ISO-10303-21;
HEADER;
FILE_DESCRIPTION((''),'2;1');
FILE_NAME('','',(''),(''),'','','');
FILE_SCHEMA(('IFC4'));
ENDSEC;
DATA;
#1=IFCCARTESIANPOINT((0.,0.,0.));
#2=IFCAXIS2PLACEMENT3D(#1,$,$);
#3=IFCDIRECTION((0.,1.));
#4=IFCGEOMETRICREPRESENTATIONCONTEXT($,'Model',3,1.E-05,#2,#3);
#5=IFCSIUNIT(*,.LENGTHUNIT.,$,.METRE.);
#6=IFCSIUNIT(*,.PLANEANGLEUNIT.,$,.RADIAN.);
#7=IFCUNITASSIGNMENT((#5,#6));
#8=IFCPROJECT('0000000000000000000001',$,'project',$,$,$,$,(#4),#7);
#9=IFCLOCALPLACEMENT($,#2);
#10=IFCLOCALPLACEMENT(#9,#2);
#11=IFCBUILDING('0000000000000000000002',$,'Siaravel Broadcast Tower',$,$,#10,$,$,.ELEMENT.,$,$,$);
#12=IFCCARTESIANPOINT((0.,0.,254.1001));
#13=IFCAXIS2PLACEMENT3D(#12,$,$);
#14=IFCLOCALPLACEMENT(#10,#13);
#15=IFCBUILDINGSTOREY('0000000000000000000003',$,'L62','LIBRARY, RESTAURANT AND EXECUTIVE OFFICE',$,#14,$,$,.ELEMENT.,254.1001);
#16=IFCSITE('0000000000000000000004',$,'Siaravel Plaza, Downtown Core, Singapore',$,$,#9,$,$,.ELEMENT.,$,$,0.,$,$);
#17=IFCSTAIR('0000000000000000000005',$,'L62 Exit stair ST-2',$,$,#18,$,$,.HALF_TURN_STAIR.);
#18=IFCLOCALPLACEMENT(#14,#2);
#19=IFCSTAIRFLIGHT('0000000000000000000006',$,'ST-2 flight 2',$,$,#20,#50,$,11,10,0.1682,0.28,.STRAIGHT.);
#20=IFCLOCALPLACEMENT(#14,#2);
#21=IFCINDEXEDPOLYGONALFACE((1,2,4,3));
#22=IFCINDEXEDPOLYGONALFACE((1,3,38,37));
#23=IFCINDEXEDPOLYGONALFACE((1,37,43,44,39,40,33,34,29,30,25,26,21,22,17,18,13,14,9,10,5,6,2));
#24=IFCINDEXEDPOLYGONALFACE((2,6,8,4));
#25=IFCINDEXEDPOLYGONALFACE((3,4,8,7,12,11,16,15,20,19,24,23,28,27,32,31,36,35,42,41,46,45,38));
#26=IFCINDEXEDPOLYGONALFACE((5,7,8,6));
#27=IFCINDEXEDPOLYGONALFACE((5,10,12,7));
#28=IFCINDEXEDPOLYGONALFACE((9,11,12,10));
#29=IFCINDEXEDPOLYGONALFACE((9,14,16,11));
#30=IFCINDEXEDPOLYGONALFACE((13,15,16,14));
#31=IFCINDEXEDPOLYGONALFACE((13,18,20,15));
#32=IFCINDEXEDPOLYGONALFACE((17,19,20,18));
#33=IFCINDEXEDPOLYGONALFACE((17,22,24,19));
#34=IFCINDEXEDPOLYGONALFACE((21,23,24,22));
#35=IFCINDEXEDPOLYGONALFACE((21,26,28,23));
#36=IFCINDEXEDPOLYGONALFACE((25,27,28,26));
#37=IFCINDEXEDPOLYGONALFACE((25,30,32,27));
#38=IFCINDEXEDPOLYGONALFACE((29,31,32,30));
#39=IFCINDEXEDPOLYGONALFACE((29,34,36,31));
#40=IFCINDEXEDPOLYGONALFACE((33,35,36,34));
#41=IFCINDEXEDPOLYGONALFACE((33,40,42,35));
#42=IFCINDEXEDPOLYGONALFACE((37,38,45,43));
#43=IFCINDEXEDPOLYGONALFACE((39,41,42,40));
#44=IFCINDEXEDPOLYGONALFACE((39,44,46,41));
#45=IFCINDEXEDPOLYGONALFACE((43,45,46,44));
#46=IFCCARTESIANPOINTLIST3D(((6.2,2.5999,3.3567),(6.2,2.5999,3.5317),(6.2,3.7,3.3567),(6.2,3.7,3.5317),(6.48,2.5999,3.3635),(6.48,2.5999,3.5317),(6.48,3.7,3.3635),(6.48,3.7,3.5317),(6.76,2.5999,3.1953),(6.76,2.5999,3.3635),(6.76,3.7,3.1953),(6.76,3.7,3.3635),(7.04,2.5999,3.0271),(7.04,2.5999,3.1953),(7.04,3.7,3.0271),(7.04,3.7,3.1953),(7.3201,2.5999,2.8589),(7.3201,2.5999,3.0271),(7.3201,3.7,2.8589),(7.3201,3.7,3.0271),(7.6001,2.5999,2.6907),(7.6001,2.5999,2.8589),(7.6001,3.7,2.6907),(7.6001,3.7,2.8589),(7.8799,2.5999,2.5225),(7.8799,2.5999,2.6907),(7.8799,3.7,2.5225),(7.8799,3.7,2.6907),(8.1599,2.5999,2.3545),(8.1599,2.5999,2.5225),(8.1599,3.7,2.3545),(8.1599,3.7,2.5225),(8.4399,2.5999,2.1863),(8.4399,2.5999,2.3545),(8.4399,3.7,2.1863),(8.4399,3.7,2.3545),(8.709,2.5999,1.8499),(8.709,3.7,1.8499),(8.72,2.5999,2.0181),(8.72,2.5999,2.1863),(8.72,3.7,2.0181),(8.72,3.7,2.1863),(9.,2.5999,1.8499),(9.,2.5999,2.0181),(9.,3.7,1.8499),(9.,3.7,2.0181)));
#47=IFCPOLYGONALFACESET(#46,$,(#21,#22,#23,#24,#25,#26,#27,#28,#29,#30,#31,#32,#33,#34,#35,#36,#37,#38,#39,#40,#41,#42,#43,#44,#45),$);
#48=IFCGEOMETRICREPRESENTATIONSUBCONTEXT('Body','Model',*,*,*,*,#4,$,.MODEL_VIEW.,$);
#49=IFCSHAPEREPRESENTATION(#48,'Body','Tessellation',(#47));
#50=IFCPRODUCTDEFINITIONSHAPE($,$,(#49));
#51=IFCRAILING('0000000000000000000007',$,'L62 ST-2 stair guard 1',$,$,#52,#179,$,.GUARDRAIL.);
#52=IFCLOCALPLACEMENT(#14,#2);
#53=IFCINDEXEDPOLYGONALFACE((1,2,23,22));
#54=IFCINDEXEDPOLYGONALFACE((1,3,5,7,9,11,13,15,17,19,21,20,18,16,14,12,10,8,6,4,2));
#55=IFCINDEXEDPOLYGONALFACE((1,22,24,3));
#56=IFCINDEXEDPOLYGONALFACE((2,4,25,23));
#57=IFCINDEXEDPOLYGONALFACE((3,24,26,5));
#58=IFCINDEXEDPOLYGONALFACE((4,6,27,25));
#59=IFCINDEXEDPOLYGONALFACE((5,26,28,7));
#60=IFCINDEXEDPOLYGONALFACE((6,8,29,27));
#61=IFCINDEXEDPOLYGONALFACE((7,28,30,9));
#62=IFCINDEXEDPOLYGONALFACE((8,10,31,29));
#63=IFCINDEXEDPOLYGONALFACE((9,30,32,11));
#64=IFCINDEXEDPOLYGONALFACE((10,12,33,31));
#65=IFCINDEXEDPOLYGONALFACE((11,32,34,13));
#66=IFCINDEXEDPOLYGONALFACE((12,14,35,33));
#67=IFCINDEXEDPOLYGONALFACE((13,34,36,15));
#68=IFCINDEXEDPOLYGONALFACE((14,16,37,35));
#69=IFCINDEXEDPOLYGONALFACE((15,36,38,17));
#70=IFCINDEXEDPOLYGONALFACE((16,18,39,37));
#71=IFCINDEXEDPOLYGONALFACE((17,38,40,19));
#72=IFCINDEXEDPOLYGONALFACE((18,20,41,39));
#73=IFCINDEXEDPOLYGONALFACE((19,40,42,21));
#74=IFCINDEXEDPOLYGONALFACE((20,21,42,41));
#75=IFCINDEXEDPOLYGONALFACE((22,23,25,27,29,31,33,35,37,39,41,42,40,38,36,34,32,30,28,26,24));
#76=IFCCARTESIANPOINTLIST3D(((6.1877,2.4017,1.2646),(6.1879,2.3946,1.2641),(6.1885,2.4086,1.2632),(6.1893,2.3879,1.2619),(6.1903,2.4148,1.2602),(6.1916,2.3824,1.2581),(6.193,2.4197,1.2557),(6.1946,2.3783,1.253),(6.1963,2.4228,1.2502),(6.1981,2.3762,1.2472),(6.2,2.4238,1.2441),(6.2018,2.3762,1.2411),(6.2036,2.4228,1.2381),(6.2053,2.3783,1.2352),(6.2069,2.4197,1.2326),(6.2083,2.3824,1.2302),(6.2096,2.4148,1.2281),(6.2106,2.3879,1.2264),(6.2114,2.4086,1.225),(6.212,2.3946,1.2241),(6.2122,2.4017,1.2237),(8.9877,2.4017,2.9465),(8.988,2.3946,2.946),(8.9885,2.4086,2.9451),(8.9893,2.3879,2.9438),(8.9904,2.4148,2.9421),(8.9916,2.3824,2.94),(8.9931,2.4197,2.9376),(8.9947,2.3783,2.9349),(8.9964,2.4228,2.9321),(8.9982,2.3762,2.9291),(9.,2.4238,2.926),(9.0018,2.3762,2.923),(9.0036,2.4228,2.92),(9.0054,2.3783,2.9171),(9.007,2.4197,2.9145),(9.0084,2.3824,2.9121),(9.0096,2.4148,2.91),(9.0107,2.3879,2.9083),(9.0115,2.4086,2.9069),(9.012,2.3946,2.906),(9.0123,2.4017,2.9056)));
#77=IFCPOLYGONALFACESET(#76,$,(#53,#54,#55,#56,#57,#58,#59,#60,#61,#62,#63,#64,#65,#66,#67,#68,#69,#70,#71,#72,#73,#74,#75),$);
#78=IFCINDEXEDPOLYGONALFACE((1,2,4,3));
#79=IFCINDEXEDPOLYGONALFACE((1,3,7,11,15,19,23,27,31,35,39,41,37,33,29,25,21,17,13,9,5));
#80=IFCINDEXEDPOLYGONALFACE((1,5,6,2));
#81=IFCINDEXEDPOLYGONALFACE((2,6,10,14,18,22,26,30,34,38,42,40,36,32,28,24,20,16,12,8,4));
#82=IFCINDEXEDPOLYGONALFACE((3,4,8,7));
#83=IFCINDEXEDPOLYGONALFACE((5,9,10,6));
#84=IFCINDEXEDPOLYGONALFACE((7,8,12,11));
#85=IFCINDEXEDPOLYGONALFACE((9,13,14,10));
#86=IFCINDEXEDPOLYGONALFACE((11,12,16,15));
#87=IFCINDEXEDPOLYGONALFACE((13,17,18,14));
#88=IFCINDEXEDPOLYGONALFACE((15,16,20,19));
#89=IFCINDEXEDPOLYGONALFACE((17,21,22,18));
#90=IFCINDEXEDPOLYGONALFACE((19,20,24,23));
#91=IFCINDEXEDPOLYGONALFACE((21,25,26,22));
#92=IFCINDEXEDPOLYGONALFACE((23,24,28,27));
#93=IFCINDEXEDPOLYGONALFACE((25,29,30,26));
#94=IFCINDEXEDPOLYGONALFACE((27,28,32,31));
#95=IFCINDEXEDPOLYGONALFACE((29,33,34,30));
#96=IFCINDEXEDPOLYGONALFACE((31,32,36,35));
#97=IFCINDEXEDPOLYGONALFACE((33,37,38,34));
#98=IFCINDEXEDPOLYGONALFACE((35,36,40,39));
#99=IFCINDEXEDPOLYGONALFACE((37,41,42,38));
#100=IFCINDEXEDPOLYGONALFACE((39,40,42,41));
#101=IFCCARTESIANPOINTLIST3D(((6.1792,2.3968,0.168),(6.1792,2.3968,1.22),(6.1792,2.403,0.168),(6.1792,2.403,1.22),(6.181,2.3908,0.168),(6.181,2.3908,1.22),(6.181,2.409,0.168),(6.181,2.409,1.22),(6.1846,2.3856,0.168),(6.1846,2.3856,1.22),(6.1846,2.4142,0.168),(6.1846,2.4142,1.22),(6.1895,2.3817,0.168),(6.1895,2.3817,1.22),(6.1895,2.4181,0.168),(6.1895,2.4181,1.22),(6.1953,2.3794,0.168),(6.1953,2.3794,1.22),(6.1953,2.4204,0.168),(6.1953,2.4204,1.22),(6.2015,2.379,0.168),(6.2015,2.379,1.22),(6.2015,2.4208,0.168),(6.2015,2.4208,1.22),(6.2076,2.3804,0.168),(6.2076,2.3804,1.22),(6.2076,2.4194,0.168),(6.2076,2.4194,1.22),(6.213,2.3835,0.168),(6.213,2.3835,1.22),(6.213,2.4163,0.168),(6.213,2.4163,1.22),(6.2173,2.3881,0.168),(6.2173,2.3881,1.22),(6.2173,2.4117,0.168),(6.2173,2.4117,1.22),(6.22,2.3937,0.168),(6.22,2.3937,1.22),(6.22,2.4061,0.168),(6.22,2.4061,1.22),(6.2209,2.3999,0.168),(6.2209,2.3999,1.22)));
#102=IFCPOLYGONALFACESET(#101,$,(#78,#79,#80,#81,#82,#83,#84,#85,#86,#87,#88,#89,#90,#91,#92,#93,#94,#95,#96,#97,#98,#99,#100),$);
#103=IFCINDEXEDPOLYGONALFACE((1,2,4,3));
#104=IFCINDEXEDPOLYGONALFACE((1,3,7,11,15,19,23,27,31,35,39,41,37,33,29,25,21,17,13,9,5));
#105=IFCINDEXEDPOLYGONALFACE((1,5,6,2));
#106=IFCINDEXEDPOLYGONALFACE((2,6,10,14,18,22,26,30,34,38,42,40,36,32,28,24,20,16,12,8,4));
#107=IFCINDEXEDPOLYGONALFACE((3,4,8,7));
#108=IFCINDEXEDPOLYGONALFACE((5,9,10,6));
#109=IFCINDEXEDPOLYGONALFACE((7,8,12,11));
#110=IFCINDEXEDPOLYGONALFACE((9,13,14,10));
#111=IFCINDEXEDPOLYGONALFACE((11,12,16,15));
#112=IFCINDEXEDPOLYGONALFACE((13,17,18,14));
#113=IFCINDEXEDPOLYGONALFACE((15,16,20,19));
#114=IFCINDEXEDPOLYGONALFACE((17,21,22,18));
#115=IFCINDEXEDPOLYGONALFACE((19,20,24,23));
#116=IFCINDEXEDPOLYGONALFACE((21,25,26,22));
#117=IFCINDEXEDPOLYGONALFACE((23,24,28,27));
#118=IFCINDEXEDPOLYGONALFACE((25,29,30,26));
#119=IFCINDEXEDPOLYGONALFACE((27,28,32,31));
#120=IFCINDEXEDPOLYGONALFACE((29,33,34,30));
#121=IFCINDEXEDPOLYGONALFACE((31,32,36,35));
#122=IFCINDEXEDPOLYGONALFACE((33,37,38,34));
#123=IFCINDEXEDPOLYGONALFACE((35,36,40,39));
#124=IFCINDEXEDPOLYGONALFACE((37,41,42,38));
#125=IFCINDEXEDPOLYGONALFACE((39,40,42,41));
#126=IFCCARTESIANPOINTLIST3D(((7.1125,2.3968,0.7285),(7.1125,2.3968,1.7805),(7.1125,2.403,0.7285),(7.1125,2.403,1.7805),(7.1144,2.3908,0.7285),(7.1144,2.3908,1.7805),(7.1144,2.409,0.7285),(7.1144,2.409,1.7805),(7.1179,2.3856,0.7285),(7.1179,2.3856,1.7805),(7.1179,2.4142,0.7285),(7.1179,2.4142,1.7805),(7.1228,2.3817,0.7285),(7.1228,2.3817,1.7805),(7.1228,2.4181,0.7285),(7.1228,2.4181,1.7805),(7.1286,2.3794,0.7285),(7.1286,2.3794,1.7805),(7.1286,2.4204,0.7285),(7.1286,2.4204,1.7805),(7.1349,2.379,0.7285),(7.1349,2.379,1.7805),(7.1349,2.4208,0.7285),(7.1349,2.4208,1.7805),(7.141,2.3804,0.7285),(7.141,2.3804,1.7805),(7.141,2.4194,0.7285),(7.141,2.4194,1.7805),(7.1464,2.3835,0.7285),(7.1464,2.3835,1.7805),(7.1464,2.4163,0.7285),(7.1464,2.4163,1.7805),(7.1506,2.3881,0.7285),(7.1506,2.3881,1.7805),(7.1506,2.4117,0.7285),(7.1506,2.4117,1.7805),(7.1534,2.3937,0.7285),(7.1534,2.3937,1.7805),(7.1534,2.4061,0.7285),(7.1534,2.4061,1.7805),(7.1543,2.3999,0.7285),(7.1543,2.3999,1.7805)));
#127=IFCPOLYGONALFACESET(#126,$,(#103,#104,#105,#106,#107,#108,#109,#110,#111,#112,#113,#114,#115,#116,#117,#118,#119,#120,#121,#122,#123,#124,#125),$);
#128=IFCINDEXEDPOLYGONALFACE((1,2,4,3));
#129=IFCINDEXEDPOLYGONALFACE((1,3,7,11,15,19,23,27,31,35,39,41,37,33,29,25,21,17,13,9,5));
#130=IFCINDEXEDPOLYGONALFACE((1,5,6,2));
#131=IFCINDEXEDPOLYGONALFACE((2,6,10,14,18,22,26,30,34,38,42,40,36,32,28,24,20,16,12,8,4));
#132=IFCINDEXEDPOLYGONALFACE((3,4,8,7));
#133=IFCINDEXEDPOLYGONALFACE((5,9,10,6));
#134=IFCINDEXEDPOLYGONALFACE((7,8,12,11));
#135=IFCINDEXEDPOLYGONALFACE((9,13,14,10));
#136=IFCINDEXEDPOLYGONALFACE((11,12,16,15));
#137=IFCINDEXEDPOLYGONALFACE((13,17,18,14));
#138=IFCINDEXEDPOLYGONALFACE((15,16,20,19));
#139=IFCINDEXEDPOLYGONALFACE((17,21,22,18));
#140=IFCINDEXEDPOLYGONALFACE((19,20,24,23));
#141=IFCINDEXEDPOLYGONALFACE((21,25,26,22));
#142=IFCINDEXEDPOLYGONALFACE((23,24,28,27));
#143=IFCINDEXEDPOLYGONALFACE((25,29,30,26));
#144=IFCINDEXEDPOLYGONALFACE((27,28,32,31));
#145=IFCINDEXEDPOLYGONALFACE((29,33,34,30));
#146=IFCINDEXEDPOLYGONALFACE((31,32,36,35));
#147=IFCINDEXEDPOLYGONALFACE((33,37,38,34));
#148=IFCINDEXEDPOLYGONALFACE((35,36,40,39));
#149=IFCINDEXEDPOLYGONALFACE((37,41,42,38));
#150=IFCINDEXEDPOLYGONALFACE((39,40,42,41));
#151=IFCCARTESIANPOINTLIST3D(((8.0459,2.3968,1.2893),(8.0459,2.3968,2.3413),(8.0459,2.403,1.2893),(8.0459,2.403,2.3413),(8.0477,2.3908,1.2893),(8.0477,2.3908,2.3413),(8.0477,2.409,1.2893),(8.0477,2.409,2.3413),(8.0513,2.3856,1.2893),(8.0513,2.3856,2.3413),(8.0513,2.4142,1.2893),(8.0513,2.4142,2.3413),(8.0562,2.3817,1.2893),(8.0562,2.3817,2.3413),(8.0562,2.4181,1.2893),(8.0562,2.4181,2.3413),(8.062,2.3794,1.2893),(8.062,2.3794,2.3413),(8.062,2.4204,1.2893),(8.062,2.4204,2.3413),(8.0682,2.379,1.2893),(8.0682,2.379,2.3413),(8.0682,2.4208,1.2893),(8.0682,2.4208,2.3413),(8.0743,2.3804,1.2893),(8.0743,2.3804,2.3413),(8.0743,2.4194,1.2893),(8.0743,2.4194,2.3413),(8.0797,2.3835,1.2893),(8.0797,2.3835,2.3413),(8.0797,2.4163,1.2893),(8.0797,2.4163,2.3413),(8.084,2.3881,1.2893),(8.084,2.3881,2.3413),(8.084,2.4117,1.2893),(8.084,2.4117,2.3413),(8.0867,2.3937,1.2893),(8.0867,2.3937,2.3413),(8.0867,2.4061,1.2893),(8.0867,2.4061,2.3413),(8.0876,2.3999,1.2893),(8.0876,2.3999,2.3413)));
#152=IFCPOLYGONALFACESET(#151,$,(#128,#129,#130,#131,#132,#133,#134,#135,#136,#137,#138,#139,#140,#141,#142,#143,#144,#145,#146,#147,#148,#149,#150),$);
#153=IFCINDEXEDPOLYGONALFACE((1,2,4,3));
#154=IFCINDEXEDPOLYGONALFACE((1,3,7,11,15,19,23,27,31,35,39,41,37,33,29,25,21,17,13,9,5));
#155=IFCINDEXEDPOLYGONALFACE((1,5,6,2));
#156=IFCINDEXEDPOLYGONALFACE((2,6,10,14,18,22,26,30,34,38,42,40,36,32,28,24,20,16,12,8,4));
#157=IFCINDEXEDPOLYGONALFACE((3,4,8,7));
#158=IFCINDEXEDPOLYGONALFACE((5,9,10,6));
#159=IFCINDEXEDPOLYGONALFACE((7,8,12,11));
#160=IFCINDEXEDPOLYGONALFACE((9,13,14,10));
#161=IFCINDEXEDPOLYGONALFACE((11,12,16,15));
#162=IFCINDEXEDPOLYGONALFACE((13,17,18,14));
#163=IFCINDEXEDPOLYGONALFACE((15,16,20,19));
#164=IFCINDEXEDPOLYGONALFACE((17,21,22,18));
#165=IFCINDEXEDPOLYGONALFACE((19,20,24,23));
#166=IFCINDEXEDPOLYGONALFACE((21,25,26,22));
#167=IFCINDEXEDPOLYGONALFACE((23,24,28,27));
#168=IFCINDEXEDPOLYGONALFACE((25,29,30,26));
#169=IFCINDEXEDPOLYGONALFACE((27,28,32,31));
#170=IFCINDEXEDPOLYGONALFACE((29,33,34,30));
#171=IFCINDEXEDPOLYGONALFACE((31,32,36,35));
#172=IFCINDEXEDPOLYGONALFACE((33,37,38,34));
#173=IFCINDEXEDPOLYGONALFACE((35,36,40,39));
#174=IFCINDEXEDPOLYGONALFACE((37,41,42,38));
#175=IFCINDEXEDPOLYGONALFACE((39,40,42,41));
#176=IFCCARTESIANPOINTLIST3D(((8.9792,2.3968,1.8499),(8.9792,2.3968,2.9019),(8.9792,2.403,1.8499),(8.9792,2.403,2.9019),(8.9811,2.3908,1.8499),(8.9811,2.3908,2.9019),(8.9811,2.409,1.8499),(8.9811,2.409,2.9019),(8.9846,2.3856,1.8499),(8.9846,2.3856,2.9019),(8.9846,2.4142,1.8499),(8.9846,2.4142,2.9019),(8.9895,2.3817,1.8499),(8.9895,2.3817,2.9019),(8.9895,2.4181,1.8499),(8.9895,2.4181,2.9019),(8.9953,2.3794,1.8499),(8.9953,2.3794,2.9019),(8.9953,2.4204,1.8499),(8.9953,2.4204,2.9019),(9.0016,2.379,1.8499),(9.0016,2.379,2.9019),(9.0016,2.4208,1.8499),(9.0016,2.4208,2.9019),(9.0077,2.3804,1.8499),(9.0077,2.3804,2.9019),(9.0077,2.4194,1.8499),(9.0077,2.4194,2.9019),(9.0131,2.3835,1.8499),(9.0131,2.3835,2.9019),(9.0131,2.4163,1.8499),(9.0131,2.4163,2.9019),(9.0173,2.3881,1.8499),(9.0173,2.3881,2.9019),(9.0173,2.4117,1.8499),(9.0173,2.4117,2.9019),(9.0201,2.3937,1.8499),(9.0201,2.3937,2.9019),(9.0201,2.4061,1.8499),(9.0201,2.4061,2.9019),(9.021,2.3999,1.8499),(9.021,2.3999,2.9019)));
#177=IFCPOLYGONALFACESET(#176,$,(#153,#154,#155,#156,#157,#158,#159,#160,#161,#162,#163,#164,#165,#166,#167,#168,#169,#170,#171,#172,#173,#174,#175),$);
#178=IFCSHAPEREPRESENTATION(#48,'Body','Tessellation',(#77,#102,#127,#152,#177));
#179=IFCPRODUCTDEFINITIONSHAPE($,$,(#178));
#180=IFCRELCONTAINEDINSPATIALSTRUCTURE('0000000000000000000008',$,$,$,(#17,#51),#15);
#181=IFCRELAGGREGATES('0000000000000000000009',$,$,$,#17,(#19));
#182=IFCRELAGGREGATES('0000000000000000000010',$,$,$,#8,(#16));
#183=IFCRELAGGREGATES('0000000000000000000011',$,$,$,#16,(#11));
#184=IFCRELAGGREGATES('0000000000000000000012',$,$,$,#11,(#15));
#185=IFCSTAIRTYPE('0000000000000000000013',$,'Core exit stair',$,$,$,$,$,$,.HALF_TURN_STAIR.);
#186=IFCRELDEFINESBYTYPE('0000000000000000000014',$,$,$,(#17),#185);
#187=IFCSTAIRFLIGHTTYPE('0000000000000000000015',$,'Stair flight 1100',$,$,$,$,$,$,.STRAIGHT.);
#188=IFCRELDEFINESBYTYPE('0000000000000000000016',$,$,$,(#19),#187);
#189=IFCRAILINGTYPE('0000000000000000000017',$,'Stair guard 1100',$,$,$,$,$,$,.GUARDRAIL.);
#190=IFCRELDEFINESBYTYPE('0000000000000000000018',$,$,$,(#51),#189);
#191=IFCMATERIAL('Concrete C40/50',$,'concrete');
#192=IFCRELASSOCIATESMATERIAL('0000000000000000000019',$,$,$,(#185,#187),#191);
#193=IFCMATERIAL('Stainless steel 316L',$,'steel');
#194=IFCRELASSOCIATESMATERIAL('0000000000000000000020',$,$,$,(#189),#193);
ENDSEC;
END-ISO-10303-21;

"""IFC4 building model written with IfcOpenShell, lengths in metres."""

from ifc_helpers import new_model, si_unit, direction, frame, origin, origin_2d, place, context, subcontext, project, spatial, polyline, circle, outline, extrude, material, type_object, element, aggregate, save


model = new_model("IFC4")

# Units and contexts
model_context = context("Model", 3, precision=1e-05, world=origin(), true_north=direction((0.0, 1.0)))
body_context = subcontext(model_context, "Body", "Model", "MODEL_VIEW")
ifc_project = project(units=[si_unit("LENGTHUNIT", "METRE"), si_unit("PLANEANGLEUNIT", "RADIAN")], contexts=[model_context])

# Site, building, storey
site_placement = place(None, origin())
site = spatial("IfcSite", under=ifc_project, at=site_placement, Name="Siaravel Plaza, Downtown Core, Singapore", CompositionType="ELEMENT", RefElevation=0.0)
building_placement = place(site_placement, origin())
building = spatial("IfcBuilding", under=site, at=building_placement, Name="Siaravel Broadcast Tower", CompositionType="ELEMENT")
storey_placement = place(building_placement, frame((0.0, 0.0, 254.1001)))
storey = spatial("IfcBuildingStorey", under=building, at=storey_placement, Name="L62", Description="LIBRARY, RESTAURANT AND EXECUTIVE OFFICE", CompositionType="ELEMENT", Elevation=254.1001)

# Stair, stair flight
ifc_material_1 = material(Name="Concrete C40/50", Category="concrete")
stair_type = type_object("IfcStairType", Name="Core exit stair", PredefinedType="HALF_TURN_STAIR", material=ifc_material_1)
stair_placement = place(storey_placement, origin())
stair = element("IfcStair", 1, at=stair_placement, inside=storey, type_object=stair_type, Name="L62 Exit stair ST-2", PredefinedType="HALF_TURN_STAIR")
stair_flight_type = type_object("IfcStairFlightType", Name="Stair flight 1100", PredefinedType="STRAIGHT", material=ifc_material_1)
stair_flight_1_placement = place(storey_placement, frame((9.0, 3.1499, 1.8499), z_axis=(0.0, 0.0, 1.0), x_axis=(-1.0, 0.0, 0.0)))
stair_flight_1 = element("IfcStairFlight", 2, at=stair_flight_1_placement, type_object=stair_flight_type, Name="ST-2 flight 2", NumberOfRisers=11, NumberOfTreads=10, PredefinedType="STRAIGHT", RiserHeight=0.1682, TreadLength=0.28, context=body_context, shape_type="SweptSolid", body=[
    extrude(outline(polyline([(0.0, 0.0), (0.0, 0.1682), (0.28, 0.1682), (0.28, 0.3364), (0.5601, 0.3364), (0.5601, 0.5046), (0.8401, 0.5046), (0.8401, 0.6726), (1.1201, 0.6726), (1.1201, 0.8408), (1.3999, 0.8408), (1.3999, 1.009), (1.6799, 1.009), (1.6799, 1.1772), (1.96, 1.1772), (1.96, 1.3455), (2.24, 1.3455), (2.24, 1.5137), (2.52, 1.5137), (2.52, 1.6819), (2.8, 1.6819), (2.8, 1.8501), (2.8, 1.5068), (0.291, 0.0), (0.0, 0.0)])), frame((0.0, 0.55, 0.0), z_axis=(0.0, -1.0, 0.0), x_axis=(1.0, 0.0, 0.0)), (0.0, 0.0, 1.0), 1.1001),
])
aggregate(stair, [stair_flight_1])

# Railing
ifc_material_2 = material(Name="Stainless steel 316L", Category="steel")
railing_type_1 = type_object("IfcRailingType", Name="Stair guard 1100", PredefinedType="GUARDRAIL", material=ifc_material_2)
railing_1_placement = place(storey_placement, frame((6.2, 2.3999, 0.168)))
element("IfcRailing", 3, at=railing_1_placement, inside=storey, type_object=railing_type_1, Name="L62 ST-2 stair guard 1", PredefinedType="GUARDRAIL", context=body_context, shape_type="SweptSolid", body=[
    extrude(circle(Radius=0.0239, at=origin_2d()), frame((0.0, 0.0, 1.0762), z_axis=(0.857242, 0.0, 0.514913), x_axis=(0.0, 1.0, 0.0)), (0.0, 0.0, 1.0), 3.2664),
    extrude(circle(Radius=0.021, at=origin_2d()), origin(), (0.0, 0.0, 1.0), 1.052),
    extrude(circle(Radius=0.021, at=origin_2d()), frame((0.9333, 0.0, 0.5605)), (0.0, 0.0, 1.0), 1.052),
    extrude(circle(Radius=0.021, at=origin_2d()), frame((1.8667, 0.0, 1.1213)), (0.0, 0.0, 1.0), 1.052),
    extrude(circle(Radius=0.021, at=origin_2d()), frame((2.8, 0.0, 1.6819)), (0.0, 0.0, 1.0), 1.052),
])

save(model, "model.ifc")
